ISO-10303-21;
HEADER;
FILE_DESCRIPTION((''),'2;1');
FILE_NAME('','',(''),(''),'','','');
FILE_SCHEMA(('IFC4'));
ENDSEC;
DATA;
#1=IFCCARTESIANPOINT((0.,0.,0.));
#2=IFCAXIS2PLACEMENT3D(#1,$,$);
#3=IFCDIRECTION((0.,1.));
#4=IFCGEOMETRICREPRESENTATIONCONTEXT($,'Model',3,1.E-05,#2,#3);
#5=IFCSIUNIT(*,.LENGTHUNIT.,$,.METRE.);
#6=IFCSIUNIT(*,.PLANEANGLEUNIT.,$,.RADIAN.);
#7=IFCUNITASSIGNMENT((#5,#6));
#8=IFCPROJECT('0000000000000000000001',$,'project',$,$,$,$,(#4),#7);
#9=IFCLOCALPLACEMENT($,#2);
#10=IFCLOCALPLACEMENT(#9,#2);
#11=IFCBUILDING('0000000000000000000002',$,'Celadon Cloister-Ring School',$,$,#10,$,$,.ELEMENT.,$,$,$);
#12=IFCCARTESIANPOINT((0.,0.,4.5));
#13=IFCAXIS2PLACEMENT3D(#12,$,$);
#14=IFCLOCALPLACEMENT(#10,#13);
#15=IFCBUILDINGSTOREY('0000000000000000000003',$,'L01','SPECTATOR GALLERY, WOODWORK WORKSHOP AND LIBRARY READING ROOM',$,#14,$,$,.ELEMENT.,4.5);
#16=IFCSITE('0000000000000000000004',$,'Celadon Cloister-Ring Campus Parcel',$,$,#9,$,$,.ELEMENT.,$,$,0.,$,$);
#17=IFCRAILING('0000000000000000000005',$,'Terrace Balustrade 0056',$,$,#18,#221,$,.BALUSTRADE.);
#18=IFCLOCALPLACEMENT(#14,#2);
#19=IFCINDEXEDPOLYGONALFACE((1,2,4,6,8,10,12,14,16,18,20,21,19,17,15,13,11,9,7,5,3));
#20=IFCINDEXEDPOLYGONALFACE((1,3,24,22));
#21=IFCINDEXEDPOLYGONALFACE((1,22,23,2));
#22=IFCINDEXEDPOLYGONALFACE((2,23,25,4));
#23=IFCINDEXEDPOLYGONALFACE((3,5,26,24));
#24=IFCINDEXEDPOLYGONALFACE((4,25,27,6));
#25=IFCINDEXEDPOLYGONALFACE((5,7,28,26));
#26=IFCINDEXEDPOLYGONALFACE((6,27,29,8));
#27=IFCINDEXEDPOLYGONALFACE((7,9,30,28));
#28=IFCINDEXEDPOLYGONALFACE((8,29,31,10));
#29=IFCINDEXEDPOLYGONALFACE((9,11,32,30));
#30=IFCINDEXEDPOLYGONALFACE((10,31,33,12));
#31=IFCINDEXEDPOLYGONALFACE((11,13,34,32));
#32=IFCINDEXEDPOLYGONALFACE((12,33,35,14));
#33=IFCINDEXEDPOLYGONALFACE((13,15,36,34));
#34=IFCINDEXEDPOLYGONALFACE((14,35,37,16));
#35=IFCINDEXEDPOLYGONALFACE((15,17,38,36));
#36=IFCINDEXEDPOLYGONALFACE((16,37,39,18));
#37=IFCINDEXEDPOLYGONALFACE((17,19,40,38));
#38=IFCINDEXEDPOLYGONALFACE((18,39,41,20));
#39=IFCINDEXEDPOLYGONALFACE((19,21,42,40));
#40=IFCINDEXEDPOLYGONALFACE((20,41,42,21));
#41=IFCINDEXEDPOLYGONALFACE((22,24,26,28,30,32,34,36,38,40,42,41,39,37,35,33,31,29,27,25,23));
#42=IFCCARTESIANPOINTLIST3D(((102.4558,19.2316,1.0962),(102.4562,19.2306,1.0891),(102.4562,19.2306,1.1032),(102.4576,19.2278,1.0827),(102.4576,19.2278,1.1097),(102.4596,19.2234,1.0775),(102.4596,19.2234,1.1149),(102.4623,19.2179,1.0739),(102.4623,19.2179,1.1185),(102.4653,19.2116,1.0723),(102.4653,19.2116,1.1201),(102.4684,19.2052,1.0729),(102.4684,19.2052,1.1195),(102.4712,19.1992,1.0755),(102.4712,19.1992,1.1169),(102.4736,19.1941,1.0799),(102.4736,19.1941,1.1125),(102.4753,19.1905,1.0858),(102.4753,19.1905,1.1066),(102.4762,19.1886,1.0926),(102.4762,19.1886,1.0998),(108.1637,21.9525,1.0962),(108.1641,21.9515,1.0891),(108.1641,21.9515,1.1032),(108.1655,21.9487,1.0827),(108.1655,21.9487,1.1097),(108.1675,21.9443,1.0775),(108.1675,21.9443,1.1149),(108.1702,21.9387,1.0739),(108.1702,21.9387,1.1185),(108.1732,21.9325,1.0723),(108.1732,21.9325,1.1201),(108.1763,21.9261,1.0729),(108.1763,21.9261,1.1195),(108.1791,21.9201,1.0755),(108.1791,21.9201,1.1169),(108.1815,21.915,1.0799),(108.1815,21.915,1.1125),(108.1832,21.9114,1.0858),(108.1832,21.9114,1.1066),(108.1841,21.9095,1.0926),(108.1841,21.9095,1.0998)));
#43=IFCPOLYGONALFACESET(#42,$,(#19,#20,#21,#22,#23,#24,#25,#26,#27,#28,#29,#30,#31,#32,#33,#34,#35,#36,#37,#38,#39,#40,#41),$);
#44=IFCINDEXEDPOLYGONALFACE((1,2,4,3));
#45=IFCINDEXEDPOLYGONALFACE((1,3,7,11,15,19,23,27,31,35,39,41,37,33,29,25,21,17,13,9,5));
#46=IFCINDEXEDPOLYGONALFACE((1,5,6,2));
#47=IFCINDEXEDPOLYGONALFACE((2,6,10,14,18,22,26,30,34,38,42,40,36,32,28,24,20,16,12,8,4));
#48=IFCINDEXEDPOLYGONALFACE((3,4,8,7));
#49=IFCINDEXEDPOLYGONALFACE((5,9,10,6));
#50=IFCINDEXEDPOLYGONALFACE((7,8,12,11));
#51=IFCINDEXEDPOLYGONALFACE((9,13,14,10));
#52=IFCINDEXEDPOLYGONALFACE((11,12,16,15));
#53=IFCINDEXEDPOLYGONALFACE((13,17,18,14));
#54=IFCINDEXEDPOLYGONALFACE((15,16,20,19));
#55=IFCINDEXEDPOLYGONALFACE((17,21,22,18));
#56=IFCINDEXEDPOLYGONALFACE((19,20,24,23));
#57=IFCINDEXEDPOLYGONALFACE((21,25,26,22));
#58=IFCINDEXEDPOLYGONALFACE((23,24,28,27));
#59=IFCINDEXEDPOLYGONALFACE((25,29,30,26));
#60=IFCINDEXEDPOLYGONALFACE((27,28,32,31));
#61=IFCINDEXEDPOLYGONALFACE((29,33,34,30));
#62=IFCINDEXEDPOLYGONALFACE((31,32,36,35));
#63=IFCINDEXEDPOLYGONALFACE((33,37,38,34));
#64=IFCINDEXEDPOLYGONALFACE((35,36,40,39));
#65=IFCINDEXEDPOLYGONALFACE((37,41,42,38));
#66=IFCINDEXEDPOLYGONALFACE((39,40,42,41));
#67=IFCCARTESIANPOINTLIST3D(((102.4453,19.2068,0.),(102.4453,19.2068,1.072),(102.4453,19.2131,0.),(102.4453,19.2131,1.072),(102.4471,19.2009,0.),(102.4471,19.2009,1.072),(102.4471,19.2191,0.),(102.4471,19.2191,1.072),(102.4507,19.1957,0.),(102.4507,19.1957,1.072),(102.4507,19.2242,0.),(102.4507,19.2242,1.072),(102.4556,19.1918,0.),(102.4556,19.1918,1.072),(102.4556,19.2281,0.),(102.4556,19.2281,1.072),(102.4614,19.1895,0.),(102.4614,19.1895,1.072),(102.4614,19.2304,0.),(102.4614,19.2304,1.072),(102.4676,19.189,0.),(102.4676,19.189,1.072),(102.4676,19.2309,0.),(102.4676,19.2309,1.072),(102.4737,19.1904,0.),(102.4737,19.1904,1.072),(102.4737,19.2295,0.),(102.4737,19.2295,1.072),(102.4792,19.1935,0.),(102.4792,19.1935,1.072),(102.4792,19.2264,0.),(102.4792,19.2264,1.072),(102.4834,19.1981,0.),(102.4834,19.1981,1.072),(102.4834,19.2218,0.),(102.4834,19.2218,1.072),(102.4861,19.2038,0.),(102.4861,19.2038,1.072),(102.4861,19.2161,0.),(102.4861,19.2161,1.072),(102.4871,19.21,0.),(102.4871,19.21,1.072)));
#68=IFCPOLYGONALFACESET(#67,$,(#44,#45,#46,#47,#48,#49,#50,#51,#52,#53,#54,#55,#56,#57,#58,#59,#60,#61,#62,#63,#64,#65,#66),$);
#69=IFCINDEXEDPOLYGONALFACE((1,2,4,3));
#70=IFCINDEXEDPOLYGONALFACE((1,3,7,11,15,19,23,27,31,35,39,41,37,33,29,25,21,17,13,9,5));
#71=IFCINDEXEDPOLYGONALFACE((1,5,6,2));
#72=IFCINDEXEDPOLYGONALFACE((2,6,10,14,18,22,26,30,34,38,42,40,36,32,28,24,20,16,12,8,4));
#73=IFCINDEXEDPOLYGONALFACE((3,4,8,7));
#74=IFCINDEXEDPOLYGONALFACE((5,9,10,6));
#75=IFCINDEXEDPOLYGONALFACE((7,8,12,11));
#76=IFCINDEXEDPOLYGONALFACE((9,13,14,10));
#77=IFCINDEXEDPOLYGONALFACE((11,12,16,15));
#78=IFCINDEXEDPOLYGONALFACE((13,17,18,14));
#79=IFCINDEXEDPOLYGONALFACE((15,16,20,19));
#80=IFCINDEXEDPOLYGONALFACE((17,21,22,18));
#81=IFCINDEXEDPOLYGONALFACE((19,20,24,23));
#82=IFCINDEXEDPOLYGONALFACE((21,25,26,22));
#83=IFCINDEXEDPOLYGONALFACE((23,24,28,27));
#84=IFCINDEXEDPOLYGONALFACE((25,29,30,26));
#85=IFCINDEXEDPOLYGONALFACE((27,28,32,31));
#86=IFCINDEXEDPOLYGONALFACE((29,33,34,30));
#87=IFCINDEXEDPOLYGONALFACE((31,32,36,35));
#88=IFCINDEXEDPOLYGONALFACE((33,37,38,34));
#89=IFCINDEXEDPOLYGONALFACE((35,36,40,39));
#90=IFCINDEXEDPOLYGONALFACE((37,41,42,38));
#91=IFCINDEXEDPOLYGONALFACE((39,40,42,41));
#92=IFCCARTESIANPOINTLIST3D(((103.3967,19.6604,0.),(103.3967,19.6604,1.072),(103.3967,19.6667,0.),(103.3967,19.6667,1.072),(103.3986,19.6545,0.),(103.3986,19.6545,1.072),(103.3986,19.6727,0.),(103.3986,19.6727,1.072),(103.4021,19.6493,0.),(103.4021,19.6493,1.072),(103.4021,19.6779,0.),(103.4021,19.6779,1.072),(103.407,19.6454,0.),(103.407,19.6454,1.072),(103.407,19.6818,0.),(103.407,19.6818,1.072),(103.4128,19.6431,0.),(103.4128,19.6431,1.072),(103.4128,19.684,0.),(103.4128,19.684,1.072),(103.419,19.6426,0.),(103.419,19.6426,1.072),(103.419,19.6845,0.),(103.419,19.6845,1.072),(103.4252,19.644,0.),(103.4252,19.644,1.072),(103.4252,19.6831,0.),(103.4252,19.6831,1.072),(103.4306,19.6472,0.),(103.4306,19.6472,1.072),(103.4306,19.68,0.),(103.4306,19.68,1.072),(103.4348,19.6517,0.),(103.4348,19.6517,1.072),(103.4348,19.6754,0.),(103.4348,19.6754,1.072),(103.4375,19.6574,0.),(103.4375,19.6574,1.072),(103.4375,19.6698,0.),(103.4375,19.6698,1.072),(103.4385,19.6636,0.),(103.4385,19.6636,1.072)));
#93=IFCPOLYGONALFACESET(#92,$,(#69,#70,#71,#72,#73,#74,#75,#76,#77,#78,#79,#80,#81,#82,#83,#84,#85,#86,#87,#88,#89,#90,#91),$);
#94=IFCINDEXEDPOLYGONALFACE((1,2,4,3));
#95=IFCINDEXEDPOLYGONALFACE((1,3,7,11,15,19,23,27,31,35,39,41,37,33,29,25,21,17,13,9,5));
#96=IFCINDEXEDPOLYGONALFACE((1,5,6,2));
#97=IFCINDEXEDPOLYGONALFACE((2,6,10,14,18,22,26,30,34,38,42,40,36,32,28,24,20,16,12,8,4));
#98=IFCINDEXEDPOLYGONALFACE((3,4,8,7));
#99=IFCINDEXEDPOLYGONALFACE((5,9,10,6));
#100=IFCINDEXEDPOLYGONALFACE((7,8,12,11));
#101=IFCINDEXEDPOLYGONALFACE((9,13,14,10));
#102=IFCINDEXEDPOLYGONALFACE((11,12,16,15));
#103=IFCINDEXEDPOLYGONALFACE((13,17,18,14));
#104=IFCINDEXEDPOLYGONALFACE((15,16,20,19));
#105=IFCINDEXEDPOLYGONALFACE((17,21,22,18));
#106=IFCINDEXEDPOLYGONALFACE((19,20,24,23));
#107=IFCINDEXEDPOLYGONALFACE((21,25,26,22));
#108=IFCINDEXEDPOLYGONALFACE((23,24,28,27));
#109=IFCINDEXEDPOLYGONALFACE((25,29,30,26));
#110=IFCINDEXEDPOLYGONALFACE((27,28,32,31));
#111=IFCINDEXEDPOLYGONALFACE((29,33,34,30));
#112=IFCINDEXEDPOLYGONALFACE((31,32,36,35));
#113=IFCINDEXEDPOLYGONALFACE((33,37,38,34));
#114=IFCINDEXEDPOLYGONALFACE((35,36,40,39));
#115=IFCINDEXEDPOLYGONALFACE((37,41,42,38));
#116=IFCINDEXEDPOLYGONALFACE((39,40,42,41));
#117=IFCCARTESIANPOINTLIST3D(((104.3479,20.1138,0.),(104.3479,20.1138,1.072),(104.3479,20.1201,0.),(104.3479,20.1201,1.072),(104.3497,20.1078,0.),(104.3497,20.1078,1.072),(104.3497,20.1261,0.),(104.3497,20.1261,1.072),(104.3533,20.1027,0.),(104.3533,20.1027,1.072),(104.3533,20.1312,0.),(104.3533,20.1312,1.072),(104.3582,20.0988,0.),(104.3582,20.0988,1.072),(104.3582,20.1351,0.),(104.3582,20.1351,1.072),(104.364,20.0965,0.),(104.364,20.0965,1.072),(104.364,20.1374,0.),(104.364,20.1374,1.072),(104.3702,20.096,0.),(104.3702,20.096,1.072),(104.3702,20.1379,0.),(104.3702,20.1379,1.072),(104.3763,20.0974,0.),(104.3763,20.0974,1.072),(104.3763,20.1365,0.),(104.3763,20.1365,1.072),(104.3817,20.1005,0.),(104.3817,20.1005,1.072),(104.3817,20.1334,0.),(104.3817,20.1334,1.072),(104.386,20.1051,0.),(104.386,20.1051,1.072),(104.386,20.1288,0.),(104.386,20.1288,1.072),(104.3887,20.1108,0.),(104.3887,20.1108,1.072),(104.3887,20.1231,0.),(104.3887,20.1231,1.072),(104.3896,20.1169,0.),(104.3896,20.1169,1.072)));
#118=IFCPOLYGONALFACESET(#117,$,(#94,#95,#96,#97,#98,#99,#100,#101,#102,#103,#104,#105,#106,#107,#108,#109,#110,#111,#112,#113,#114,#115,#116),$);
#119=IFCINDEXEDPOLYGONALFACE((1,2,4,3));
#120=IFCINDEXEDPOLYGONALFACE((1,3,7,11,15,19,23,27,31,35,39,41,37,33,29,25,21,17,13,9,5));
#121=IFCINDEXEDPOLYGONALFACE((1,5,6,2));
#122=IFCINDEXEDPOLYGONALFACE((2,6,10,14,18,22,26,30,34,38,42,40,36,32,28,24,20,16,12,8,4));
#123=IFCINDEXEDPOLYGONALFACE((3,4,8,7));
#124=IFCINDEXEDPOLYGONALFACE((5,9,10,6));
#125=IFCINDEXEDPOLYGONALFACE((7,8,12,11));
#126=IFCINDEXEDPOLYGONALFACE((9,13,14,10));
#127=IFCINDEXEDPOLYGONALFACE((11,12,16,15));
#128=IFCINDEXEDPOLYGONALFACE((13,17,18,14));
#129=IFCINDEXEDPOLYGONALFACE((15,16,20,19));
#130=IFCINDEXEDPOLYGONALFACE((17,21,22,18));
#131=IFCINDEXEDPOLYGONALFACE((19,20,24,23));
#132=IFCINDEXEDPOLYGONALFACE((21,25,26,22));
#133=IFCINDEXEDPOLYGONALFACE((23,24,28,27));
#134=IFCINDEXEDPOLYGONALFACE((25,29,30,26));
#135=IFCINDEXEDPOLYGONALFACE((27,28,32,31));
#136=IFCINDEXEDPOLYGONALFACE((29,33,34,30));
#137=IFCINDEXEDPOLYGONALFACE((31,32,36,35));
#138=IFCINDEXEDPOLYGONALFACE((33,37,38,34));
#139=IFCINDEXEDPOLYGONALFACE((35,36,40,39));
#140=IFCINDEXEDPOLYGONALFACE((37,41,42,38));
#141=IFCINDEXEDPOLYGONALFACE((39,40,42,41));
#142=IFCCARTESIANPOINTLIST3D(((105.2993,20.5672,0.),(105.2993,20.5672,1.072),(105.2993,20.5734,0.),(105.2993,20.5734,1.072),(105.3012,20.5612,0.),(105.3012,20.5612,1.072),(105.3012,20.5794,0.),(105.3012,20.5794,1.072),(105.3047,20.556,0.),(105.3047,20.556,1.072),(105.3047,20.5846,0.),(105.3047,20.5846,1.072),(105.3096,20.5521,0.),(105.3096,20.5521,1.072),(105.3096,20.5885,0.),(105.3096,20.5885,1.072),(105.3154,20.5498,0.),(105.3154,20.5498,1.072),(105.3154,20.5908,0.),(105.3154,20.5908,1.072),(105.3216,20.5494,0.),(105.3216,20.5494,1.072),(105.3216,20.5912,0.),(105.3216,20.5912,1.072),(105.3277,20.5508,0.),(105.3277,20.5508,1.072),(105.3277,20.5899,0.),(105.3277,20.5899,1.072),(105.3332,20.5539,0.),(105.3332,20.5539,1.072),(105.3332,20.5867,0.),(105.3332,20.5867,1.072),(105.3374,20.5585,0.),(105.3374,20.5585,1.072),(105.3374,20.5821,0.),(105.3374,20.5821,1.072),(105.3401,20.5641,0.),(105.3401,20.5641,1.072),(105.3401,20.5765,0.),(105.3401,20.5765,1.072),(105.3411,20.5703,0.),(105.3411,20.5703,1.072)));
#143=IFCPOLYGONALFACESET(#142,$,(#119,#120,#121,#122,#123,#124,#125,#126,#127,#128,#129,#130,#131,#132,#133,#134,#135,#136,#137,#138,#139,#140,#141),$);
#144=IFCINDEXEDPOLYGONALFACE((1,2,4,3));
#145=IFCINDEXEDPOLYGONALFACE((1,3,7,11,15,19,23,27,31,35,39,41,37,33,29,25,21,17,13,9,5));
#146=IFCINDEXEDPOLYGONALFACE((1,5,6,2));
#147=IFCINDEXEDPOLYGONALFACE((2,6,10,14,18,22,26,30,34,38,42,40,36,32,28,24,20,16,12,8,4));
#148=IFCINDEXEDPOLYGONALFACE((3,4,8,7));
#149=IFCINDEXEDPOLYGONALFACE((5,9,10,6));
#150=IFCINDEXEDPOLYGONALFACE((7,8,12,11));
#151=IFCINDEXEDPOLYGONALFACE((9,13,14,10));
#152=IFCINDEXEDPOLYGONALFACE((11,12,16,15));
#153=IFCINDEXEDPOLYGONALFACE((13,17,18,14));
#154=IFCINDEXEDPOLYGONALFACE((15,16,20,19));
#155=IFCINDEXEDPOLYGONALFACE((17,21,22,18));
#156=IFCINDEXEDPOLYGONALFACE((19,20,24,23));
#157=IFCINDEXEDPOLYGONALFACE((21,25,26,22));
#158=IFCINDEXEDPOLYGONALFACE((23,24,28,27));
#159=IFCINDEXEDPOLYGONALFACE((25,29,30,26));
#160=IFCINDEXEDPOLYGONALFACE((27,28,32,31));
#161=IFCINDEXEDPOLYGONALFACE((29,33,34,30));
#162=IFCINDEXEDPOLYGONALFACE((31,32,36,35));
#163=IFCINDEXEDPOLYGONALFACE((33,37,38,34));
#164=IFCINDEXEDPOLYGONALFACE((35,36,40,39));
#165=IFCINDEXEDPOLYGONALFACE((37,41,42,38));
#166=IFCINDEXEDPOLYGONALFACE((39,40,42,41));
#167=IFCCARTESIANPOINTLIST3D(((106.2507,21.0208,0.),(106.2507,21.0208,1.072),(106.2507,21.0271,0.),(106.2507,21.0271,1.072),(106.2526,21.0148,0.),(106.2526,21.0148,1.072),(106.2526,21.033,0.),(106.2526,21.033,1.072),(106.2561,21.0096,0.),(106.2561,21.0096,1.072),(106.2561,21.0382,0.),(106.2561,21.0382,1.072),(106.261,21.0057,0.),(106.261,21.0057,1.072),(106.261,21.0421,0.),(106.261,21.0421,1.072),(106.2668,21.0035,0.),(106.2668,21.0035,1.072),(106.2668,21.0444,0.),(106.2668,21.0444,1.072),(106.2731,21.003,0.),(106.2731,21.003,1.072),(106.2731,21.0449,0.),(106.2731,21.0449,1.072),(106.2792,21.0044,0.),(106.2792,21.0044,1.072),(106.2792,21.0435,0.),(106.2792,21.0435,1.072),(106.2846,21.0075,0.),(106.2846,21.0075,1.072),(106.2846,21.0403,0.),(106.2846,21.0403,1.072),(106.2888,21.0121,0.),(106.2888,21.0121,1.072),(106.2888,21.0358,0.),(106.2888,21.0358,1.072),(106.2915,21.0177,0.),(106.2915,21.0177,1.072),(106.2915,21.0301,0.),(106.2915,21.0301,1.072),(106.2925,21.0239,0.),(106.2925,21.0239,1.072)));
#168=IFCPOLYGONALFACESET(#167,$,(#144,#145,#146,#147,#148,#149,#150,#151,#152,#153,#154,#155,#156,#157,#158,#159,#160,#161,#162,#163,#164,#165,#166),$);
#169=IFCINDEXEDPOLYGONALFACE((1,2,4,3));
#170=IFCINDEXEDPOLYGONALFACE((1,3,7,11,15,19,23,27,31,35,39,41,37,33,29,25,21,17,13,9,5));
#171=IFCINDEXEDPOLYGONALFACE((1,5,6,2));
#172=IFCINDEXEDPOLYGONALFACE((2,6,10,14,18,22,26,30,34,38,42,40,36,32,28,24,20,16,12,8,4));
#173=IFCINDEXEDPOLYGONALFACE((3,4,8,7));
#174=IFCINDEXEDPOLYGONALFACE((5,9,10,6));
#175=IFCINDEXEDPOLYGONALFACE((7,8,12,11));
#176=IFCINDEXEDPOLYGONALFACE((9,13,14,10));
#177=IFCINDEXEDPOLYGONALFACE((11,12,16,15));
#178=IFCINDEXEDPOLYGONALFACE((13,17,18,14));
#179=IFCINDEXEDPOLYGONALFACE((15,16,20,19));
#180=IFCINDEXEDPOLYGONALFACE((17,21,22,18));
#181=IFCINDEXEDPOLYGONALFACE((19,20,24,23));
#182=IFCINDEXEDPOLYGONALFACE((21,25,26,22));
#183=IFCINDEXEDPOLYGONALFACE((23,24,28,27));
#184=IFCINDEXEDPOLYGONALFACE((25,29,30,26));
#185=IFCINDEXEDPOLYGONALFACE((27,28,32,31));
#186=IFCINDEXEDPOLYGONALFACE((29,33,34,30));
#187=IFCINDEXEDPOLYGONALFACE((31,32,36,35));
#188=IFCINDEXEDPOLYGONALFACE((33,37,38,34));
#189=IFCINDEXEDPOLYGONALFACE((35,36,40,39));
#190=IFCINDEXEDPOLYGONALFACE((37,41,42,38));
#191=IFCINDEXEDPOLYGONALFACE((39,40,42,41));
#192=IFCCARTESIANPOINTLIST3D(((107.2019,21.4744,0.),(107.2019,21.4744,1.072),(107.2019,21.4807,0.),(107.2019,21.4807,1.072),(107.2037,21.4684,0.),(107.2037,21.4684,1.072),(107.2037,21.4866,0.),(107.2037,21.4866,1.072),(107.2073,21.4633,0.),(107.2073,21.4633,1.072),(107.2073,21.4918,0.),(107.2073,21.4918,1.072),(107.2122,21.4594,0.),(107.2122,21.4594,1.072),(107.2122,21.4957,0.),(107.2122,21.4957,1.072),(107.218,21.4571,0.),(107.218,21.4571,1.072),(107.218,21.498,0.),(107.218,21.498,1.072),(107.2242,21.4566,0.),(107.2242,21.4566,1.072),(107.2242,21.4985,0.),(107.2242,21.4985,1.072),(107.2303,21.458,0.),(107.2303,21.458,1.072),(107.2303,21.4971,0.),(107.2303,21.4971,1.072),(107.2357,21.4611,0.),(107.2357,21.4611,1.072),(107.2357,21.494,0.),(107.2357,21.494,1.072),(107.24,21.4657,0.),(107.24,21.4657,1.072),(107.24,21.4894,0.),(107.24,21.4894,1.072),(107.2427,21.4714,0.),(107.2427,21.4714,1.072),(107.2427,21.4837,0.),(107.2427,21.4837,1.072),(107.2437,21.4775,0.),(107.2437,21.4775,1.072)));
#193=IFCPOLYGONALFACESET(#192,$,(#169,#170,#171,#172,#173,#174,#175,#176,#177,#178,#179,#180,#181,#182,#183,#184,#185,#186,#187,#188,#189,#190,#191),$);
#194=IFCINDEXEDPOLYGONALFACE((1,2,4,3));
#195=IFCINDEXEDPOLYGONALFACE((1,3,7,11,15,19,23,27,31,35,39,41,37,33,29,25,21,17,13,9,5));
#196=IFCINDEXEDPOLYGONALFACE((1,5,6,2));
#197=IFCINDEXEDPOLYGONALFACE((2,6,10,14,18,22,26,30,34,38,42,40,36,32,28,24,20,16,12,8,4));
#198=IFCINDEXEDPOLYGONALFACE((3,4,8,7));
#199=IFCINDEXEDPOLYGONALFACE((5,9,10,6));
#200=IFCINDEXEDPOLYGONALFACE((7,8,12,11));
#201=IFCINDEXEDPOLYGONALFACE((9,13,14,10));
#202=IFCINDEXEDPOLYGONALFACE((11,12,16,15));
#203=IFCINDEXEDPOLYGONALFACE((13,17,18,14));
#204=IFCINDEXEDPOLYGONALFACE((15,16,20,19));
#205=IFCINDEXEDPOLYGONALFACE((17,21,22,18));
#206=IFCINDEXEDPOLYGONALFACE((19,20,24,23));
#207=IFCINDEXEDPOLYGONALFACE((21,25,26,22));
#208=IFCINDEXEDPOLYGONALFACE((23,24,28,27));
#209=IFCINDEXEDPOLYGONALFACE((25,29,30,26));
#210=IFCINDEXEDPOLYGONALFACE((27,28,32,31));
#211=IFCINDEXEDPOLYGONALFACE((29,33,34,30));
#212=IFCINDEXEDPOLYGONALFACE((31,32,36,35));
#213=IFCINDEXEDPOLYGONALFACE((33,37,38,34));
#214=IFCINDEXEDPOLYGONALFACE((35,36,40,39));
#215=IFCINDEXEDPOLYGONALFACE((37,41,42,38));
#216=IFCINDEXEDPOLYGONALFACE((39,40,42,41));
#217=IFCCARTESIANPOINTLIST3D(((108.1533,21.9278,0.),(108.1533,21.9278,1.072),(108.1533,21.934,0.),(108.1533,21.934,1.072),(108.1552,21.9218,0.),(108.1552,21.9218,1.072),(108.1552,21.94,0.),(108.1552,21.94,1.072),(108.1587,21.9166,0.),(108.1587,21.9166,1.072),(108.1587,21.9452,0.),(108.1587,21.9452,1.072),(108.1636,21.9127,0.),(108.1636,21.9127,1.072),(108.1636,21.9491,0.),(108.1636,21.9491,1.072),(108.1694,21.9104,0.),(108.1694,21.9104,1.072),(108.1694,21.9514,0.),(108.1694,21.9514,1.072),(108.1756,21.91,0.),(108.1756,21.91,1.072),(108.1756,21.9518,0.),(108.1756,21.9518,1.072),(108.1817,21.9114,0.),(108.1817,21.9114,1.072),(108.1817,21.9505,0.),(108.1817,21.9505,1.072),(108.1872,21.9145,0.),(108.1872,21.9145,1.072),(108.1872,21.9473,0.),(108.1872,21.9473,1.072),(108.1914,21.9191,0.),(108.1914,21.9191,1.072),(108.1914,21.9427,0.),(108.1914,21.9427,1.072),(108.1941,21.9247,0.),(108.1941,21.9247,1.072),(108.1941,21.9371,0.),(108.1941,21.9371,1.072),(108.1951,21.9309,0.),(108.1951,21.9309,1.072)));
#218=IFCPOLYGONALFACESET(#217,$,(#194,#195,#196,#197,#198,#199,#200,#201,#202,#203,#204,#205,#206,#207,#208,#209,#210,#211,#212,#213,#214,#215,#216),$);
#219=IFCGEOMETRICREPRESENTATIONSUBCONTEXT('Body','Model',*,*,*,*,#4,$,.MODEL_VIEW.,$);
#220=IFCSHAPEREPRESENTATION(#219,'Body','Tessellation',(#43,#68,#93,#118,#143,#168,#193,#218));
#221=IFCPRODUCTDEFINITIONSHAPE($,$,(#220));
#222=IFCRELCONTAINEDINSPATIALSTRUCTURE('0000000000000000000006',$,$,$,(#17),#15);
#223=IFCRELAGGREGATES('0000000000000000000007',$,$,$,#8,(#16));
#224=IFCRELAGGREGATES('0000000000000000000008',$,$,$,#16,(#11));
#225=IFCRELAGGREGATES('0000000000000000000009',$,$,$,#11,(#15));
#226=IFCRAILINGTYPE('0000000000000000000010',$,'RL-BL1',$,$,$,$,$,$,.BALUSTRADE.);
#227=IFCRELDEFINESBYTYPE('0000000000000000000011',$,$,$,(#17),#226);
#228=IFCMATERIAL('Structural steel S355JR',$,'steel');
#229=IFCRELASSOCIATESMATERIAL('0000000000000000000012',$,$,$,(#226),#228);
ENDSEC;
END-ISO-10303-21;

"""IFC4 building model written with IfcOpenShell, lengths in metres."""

from ifc_helpers import new_model, si_unit, direction, frame, origin, origin_2d, place, context, subcontext, project, spatial, circle, extrude, material, type_object, element, save


model = new_model("IFC4")

# Units and contexts
model_context = context("Model", 3, precision=1e-05, world=origin(), true_north=direction((0.0, 1.0)))
body_context = subcontext(model_context, "Body", "Model", "MODEL_VIEW")
ifc_project = project(units=[si_unit("LENGTHUNIT", "METRE"), si_unit("PLANEANGLEUNIT", "RADIAN")], contexts=[model_context])

# Site, building, storey
site_placement = place(None, origin())
site = spatial("IfcSite", under=ifc_project, at=site_placement, Name="Celadon Cloister-Ring Campus Parcel", CompositionType="ELEMENT", RefElevation=0.0)
building_placement = place(site_placement, origin())
building = spatial("IfcBuilding", under=site, at=building_placement, Name="Celadon Cloister-Ring School", CompositionType="ELEMENT")
storey_placement = place(building_placement, frame((0.0, 0.0, 4.5)))
storey = spatial("IfcBuildingStorey", under=building, at=storey_placement, Name="L01", Description="SPECTATOR GALLERY, WOODWORK WORKSHOP AND LIBRARY READING ROOM", CompositionType="ELEMENT", Elevation=4.5)

# Railing
ifc_material_1 = material(Name="Structural steel S355JR", Category="steel")
railing_type = type_object("IfcRailingType", Name="RL-BL1", PredefinedType="BALUSTRADE", material=ifc_material_1)
railing_placement = place(storey_placement, frame((102.4661, 19.21, 0.0)))
element("IfcRailing", 1, at=railing_placement, inside=storey, type_object=railing_type, Name="Terrace Balustrade 0056", PredefinedType="BALUSTRADE", context=body_context, shape_type="SweptSolid", body=[
    extrude(circle(Radius=0.0239, at=origin_2d()), frame((0.0, 0.0, 1.0962), z_axis=(0.902686, 0.430301, 0.0), x_axis=(-0.430301, 0.902686, 0.0)), (0.0, 0.0, 1.0), 6.3232),
    extrude(circle(Radius=0.021, at=origin_2d()), origin(), (0.0, 0.0, 1.0), 1.072),
    extrude(circle(Radius=0.021, at=origin_2d()), frame((0.9514, 0.4536, 0.0)), (0.0, 0.0, 1.0), 1.072),
    extrude(circle(Radius=0.021, at=origin_2d()), frame((1.9026, 0.907, 0.0)), (0.0, 0.0, 1.0), 1.072),
    extrude(circle(Radius=0.021, at=origin_2d()), frame((2.854, 1.3604, 0.0)), (0.0, 0.0, 1.0), 1.072),
    extrude(circle(Radius=0.021, at=origin_2d()), frame((3.8054, 1.814, 0.0)), (0.0, 0.0, 1.0), 1.072),
    extrude(circle(Radius=0.021, at=origin_2d()), frame((4.7566, 2.2676, 0.0)), (0.0, 0.0, 1.0), 1.072),
    extrude(circle(Radius=0.021, at=origin_2d()), frame((5.708, 2.7209, 0.0)), (0.0, 0.0, 1.0), 1.072),
])

save(model, "model.ifc")
